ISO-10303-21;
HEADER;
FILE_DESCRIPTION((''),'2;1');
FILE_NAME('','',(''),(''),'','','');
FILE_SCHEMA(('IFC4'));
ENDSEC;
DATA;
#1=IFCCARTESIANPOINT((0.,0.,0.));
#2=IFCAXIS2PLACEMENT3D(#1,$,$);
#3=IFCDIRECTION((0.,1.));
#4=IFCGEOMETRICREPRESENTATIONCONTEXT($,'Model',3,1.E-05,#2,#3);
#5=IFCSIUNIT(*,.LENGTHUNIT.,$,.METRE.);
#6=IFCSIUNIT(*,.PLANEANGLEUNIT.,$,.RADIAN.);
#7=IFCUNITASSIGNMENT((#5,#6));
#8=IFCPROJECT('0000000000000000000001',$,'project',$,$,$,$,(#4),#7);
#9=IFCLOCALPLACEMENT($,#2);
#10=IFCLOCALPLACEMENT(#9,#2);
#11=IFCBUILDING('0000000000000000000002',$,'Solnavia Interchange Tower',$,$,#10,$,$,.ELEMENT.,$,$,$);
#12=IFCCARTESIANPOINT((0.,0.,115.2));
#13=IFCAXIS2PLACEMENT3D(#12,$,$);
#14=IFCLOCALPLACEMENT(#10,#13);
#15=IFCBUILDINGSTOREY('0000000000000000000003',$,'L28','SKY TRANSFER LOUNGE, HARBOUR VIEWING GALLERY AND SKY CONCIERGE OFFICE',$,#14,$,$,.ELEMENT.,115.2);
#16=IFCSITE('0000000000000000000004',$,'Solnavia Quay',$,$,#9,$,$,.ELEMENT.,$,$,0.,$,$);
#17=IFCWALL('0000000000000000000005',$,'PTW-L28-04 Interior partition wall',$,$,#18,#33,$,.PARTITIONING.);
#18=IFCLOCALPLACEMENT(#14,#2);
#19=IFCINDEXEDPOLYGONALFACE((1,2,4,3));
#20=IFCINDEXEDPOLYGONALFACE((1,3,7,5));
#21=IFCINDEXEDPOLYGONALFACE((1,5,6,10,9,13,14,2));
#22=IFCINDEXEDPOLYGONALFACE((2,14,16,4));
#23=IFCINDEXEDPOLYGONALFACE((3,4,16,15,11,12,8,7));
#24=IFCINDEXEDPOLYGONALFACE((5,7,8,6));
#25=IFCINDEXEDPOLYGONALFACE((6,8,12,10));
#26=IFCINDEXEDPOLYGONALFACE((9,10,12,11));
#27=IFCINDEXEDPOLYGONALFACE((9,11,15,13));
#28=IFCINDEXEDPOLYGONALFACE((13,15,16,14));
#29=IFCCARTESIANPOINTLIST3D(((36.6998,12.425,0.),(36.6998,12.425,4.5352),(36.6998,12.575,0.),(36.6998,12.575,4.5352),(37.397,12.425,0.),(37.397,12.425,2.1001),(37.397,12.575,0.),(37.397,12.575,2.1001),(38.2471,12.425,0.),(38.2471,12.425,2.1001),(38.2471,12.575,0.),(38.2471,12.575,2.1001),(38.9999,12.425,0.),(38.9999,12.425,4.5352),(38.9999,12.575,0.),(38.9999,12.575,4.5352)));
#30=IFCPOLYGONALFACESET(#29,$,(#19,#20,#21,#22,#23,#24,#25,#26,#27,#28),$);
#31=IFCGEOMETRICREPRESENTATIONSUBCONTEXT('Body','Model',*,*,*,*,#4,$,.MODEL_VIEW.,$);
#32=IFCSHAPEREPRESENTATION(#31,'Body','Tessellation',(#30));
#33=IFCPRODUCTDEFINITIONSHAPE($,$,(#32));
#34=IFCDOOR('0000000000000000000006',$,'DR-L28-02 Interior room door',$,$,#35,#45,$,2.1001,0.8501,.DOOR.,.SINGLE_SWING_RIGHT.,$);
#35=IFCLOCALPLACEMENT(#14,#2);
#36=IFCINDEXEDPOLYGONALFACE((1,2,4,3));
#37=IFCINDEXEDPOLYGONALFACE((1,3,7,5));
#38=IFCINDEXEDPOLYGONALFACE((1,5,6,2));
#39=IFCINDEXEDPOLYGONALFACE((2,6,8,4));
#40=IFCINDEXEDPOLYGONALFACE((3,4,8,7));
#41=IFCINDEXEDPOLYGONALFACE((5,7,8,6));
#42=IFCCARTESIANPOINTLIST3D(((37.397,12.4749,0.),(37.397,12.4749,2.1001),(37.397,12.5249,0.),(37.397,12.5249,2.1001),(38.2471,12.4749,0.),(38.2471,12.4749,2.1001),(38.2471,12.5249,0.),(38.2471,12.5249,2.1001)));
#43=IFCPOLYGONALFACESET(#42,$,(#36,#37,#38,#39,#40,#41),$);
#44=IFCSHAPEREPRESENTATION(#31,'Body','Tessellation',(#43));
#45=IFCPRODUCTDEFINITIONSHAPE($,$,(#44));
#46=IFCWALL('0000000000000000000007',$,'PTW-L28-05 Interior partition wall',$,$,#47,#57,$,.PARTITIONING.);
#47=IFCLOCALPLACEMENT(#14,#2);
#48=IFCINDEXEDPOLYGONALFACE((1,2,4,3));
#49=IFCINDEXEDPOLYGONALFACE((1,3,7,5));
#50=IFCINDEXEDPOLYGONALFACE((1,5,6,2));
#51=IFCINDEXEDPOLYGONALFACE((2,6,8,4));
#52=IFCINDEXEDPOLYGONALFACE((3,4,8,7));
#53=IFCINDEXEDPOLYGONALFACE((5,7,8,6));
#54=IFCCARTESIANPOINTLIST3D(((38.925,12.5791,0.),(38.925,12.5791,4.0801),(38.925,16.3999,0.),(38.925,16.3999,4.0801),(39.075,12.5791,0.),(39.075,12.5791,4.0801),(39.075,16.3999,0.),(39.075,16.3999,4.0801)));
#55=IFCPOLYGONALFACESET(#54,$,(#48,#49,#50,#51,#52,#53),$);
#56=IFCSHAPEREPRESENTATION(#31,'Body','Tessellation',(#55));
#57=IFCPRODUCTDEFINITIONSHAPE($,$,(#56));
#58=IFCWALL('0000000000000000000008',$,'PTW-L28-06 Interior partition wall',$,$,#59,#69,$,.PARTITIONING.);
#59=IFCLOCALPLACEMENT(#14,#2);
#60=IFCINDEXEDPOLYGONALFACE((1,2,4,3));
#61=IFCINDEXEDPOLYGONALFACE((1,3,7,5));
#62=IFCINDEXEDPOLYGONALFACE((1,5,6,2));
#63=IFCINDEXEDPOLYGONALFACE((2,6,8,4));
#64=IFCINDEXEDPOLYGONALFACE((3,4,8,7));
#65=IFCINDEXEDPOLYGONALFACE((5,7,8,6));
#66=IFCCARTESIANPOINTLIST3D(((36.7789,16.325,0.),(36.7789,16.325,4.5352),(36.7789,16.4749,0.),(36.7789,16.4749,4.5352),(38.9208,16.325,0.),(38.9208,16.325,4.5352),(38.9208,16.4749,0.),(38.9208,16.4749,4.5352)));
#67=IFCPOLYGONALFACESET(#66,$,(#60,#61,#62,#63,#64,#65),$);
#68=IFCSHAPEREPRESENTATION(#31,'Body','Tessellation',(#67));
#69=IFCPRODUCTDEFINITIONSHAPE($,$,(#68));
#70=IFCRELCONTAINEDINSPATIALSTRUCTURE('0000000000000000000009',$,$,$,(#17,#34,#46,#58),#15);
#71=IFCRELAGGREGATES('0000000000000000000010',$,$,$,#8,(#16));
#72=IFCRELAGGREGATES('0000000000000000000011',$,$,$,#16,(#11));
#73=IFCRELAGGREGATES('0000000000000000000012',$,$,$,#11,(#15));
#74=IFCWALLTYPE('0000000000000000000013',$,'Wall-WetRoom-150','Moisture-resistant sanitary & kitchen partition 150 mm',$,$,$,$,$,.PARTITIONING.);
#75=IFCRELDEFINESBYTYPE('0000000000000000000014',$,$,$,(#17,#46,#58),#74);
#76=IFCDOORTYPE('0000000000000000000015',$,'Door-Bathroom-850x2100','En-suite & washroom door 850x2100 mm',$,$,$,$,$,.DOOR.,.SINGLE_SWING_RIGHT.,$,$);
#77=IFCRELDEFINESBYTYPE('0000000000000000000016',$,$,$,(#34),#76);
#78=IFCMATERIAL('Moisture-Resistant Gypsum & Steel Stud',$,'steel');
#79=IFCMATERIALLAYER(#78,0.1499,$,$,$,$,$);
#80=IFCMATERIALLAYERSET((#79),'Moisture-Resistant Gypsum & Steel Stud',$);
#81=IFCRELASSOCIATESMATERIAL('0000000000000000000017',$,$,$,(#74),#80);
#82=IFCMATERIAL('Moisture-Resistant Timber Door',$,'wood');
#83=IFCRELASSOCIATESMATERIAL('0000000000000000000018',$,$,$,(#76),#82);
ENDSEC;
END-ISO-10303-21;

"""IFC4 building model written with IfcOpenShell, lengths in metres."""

from ifc_helpers import new_model, si_unit, direction, frame, frame_2d, origin, place, context, subcontext, project, spatial, rectangle, extrude, material, layer, layer_set, type_object, element, fill, save


model = new_model("IFC4")

# Units and contexts
model_context = context("Model", 3, precision=1e-05, world=origin(), true_north=direction((0.0, 1.0)))
body_context = subcontext(model_context, "Body", "Model", "MODEL_VIEW")
ifc_project = project(units=[si_unit("LENGTHUNIT", "METRE"), si_unit("PLANEANGLEUNIT", "RADIAN")], contexts=[model_context])

# Site, building, storey
site_placement = place(None, origin())
site = spatial("IfcSite", under=ifc_project, at=site_placement, Name="Solnavia Quay", CompositionType="ELEMENT", RefElevation=0.0)
building_placement = place(site_placement, origin())
building = spatial("IfcBuilding", under=site, at=building_placement, Name="Solnavia Interchange Tower", CompositionType="ELEMENT")
storey_placement = place(building_placement, frame((0.0, 0.0, 115.2)))
storey = spatial("IfcBuildingStorey", under=building, at=storey_placement, Name="L28", Description="SKY TRANSFER LOUNGE, HARBOUR VIEWING GALLERY AND SKY CONCIERGE OFFICE", CompositionType="ELEMENT", Elevation=115.2)

# Shared definitions
ifc_material_1 = material(Name="Moisture-Resistant Gypsum & Steel Stud", Category="steel")
ifc_layer_1 = layer(ifc_material_1, 0.1499)
ifc_layer_set_1 = layer_set([ifc_layer_1], Name="Moisture-Resistant Gypsum & Steel Stud")
wall_type_1 = type_object("IfcWallType", Name="Wall-WetRoom-150", Description="Moisture-resistant sanitary & kitchen partition 150 mm", PredefinedType="PARTITIONING", material=ifc_layer_set_1)

# Wall, opening, door
wall_1_placement = place(storey_placement, frame((36.7, 12.5, 0.0), z_axis=(0.0, 0.0, 1.0), x_axis=(1.0, 0.0, 0.0)))
wall_1 = element("IfcWall", 1, at=wall_1_placement, inside=storey, type_object=wall_type_1, Name="PTW-L28-04 Interior partition wall", PredefinedType="PARTITIONING", context=body_context, shape_type="SweptSolid", body=[
    extrude(rectangle(XDim=2.3, YDim=0.1499, at=frame_2d((1.1499, 0.0))), origin(), (0.0, 0.0, 1.0), 4.5352),
])
opening_1_placement = place(wall_1_placement, frame((0.697, 0.0, 0.0)))
opening_1 = element("IfcOpeningElement", 2, at=opening_1_placement, cuts=wall_1, PredefinedType="OPENING", context=body_context, shape_type="SweptSolid", body=[
    extrude(rectangle(XDim=0.8501, YDim=2.1001, at=frame_2d((0.425, 1.05))), frame((0.0, 0.085, 0.0), z_axis=(0.0, -1.0, 0.0), x_axis=(1.0, 0.0, 0.0)), (0.0, 0.0, 1.0), 0.1699),
])
ifc_material_2 = material(Name="Moisture-Resistant Timber Door", Category="wood")
door_type_1 = type_object("IfcDoorType", Name="Door-Bathroom-850x2100", Description="En-suite & washroom door 850x2100 mm", OperationType="SINGLE_SWING_RIGHT", PredefinedType="DOOR", material=ifc_material_2)
door_1_placement = place(opening_1_placement, origin())
door_1 = element("IfcDoor", 3, at=door_1_placement, inside=storey, type_object=door_type_1, Name="DR-L28-02 Interior room door", OperationType="SINGLE_SWING_RIGHT", OverallHeight=2.1001, OverallWidth=0.8501, PredefinedType="DOOR", context=body_context, shape_type="SweptSolid", body=[
    extrude(rectangle(XDim=0.8501, YDim=2.1001, at=frame_2d((0.425, 1.05))), frame((0.0, 0.0249, 0.0), z_axis=(0.0, -1.0, 0.0), x_axis=(1.0, 0.0, 0.0)), (0.0, 0.0, 1.0), 0.05),
])
fill(opening_1, door_1)

# Walls
wall_2_placement = place(storey_placement, frame((39.0, 12.5791, 0.0), z_axis=(0.0, 0.0, 1.0), x_axis=(0.0, 1.0, 0.0)))
element("IfcWall", 4, at=wall_2_placement, inside=storey, type_object=wall_type_1, Name="PTW-L28-05 Interior partition wall", PredefinedType="PARTITIONING", context=body_context, shape_type="SweptSolid", body=[
    extrude(rectangle(XDim=3.8208, YDim=0.1499, at=frame_2d((1.9104, 0.0))), origin(), (0.0, 0.0, 1.0), 4.0801),
])
wall_3_placement = place(storey_placement, frame((36.7791, 16.3999, 0.0), z_axis=(0.0, 0.0, 1.0), x_axis=(1.0, 0.0, 0.0)))
element("IfcWall", 5, at=wall_3_placement, inside=storey, type_object=wall_type_1, Name="PTW-L28-06 Interior partition wall", PredefinedType="PARTITIONING", context=body_context, shape_type="SweptSolid", body=[
    extrude(rectangle(XDim=2.1418, YDim=0.1499, at=frame_2d((1.0708, 0.0))), origin(), (0.0, 0.0, 1.0), 4.5352),
])

save(model, "model.ifc")
